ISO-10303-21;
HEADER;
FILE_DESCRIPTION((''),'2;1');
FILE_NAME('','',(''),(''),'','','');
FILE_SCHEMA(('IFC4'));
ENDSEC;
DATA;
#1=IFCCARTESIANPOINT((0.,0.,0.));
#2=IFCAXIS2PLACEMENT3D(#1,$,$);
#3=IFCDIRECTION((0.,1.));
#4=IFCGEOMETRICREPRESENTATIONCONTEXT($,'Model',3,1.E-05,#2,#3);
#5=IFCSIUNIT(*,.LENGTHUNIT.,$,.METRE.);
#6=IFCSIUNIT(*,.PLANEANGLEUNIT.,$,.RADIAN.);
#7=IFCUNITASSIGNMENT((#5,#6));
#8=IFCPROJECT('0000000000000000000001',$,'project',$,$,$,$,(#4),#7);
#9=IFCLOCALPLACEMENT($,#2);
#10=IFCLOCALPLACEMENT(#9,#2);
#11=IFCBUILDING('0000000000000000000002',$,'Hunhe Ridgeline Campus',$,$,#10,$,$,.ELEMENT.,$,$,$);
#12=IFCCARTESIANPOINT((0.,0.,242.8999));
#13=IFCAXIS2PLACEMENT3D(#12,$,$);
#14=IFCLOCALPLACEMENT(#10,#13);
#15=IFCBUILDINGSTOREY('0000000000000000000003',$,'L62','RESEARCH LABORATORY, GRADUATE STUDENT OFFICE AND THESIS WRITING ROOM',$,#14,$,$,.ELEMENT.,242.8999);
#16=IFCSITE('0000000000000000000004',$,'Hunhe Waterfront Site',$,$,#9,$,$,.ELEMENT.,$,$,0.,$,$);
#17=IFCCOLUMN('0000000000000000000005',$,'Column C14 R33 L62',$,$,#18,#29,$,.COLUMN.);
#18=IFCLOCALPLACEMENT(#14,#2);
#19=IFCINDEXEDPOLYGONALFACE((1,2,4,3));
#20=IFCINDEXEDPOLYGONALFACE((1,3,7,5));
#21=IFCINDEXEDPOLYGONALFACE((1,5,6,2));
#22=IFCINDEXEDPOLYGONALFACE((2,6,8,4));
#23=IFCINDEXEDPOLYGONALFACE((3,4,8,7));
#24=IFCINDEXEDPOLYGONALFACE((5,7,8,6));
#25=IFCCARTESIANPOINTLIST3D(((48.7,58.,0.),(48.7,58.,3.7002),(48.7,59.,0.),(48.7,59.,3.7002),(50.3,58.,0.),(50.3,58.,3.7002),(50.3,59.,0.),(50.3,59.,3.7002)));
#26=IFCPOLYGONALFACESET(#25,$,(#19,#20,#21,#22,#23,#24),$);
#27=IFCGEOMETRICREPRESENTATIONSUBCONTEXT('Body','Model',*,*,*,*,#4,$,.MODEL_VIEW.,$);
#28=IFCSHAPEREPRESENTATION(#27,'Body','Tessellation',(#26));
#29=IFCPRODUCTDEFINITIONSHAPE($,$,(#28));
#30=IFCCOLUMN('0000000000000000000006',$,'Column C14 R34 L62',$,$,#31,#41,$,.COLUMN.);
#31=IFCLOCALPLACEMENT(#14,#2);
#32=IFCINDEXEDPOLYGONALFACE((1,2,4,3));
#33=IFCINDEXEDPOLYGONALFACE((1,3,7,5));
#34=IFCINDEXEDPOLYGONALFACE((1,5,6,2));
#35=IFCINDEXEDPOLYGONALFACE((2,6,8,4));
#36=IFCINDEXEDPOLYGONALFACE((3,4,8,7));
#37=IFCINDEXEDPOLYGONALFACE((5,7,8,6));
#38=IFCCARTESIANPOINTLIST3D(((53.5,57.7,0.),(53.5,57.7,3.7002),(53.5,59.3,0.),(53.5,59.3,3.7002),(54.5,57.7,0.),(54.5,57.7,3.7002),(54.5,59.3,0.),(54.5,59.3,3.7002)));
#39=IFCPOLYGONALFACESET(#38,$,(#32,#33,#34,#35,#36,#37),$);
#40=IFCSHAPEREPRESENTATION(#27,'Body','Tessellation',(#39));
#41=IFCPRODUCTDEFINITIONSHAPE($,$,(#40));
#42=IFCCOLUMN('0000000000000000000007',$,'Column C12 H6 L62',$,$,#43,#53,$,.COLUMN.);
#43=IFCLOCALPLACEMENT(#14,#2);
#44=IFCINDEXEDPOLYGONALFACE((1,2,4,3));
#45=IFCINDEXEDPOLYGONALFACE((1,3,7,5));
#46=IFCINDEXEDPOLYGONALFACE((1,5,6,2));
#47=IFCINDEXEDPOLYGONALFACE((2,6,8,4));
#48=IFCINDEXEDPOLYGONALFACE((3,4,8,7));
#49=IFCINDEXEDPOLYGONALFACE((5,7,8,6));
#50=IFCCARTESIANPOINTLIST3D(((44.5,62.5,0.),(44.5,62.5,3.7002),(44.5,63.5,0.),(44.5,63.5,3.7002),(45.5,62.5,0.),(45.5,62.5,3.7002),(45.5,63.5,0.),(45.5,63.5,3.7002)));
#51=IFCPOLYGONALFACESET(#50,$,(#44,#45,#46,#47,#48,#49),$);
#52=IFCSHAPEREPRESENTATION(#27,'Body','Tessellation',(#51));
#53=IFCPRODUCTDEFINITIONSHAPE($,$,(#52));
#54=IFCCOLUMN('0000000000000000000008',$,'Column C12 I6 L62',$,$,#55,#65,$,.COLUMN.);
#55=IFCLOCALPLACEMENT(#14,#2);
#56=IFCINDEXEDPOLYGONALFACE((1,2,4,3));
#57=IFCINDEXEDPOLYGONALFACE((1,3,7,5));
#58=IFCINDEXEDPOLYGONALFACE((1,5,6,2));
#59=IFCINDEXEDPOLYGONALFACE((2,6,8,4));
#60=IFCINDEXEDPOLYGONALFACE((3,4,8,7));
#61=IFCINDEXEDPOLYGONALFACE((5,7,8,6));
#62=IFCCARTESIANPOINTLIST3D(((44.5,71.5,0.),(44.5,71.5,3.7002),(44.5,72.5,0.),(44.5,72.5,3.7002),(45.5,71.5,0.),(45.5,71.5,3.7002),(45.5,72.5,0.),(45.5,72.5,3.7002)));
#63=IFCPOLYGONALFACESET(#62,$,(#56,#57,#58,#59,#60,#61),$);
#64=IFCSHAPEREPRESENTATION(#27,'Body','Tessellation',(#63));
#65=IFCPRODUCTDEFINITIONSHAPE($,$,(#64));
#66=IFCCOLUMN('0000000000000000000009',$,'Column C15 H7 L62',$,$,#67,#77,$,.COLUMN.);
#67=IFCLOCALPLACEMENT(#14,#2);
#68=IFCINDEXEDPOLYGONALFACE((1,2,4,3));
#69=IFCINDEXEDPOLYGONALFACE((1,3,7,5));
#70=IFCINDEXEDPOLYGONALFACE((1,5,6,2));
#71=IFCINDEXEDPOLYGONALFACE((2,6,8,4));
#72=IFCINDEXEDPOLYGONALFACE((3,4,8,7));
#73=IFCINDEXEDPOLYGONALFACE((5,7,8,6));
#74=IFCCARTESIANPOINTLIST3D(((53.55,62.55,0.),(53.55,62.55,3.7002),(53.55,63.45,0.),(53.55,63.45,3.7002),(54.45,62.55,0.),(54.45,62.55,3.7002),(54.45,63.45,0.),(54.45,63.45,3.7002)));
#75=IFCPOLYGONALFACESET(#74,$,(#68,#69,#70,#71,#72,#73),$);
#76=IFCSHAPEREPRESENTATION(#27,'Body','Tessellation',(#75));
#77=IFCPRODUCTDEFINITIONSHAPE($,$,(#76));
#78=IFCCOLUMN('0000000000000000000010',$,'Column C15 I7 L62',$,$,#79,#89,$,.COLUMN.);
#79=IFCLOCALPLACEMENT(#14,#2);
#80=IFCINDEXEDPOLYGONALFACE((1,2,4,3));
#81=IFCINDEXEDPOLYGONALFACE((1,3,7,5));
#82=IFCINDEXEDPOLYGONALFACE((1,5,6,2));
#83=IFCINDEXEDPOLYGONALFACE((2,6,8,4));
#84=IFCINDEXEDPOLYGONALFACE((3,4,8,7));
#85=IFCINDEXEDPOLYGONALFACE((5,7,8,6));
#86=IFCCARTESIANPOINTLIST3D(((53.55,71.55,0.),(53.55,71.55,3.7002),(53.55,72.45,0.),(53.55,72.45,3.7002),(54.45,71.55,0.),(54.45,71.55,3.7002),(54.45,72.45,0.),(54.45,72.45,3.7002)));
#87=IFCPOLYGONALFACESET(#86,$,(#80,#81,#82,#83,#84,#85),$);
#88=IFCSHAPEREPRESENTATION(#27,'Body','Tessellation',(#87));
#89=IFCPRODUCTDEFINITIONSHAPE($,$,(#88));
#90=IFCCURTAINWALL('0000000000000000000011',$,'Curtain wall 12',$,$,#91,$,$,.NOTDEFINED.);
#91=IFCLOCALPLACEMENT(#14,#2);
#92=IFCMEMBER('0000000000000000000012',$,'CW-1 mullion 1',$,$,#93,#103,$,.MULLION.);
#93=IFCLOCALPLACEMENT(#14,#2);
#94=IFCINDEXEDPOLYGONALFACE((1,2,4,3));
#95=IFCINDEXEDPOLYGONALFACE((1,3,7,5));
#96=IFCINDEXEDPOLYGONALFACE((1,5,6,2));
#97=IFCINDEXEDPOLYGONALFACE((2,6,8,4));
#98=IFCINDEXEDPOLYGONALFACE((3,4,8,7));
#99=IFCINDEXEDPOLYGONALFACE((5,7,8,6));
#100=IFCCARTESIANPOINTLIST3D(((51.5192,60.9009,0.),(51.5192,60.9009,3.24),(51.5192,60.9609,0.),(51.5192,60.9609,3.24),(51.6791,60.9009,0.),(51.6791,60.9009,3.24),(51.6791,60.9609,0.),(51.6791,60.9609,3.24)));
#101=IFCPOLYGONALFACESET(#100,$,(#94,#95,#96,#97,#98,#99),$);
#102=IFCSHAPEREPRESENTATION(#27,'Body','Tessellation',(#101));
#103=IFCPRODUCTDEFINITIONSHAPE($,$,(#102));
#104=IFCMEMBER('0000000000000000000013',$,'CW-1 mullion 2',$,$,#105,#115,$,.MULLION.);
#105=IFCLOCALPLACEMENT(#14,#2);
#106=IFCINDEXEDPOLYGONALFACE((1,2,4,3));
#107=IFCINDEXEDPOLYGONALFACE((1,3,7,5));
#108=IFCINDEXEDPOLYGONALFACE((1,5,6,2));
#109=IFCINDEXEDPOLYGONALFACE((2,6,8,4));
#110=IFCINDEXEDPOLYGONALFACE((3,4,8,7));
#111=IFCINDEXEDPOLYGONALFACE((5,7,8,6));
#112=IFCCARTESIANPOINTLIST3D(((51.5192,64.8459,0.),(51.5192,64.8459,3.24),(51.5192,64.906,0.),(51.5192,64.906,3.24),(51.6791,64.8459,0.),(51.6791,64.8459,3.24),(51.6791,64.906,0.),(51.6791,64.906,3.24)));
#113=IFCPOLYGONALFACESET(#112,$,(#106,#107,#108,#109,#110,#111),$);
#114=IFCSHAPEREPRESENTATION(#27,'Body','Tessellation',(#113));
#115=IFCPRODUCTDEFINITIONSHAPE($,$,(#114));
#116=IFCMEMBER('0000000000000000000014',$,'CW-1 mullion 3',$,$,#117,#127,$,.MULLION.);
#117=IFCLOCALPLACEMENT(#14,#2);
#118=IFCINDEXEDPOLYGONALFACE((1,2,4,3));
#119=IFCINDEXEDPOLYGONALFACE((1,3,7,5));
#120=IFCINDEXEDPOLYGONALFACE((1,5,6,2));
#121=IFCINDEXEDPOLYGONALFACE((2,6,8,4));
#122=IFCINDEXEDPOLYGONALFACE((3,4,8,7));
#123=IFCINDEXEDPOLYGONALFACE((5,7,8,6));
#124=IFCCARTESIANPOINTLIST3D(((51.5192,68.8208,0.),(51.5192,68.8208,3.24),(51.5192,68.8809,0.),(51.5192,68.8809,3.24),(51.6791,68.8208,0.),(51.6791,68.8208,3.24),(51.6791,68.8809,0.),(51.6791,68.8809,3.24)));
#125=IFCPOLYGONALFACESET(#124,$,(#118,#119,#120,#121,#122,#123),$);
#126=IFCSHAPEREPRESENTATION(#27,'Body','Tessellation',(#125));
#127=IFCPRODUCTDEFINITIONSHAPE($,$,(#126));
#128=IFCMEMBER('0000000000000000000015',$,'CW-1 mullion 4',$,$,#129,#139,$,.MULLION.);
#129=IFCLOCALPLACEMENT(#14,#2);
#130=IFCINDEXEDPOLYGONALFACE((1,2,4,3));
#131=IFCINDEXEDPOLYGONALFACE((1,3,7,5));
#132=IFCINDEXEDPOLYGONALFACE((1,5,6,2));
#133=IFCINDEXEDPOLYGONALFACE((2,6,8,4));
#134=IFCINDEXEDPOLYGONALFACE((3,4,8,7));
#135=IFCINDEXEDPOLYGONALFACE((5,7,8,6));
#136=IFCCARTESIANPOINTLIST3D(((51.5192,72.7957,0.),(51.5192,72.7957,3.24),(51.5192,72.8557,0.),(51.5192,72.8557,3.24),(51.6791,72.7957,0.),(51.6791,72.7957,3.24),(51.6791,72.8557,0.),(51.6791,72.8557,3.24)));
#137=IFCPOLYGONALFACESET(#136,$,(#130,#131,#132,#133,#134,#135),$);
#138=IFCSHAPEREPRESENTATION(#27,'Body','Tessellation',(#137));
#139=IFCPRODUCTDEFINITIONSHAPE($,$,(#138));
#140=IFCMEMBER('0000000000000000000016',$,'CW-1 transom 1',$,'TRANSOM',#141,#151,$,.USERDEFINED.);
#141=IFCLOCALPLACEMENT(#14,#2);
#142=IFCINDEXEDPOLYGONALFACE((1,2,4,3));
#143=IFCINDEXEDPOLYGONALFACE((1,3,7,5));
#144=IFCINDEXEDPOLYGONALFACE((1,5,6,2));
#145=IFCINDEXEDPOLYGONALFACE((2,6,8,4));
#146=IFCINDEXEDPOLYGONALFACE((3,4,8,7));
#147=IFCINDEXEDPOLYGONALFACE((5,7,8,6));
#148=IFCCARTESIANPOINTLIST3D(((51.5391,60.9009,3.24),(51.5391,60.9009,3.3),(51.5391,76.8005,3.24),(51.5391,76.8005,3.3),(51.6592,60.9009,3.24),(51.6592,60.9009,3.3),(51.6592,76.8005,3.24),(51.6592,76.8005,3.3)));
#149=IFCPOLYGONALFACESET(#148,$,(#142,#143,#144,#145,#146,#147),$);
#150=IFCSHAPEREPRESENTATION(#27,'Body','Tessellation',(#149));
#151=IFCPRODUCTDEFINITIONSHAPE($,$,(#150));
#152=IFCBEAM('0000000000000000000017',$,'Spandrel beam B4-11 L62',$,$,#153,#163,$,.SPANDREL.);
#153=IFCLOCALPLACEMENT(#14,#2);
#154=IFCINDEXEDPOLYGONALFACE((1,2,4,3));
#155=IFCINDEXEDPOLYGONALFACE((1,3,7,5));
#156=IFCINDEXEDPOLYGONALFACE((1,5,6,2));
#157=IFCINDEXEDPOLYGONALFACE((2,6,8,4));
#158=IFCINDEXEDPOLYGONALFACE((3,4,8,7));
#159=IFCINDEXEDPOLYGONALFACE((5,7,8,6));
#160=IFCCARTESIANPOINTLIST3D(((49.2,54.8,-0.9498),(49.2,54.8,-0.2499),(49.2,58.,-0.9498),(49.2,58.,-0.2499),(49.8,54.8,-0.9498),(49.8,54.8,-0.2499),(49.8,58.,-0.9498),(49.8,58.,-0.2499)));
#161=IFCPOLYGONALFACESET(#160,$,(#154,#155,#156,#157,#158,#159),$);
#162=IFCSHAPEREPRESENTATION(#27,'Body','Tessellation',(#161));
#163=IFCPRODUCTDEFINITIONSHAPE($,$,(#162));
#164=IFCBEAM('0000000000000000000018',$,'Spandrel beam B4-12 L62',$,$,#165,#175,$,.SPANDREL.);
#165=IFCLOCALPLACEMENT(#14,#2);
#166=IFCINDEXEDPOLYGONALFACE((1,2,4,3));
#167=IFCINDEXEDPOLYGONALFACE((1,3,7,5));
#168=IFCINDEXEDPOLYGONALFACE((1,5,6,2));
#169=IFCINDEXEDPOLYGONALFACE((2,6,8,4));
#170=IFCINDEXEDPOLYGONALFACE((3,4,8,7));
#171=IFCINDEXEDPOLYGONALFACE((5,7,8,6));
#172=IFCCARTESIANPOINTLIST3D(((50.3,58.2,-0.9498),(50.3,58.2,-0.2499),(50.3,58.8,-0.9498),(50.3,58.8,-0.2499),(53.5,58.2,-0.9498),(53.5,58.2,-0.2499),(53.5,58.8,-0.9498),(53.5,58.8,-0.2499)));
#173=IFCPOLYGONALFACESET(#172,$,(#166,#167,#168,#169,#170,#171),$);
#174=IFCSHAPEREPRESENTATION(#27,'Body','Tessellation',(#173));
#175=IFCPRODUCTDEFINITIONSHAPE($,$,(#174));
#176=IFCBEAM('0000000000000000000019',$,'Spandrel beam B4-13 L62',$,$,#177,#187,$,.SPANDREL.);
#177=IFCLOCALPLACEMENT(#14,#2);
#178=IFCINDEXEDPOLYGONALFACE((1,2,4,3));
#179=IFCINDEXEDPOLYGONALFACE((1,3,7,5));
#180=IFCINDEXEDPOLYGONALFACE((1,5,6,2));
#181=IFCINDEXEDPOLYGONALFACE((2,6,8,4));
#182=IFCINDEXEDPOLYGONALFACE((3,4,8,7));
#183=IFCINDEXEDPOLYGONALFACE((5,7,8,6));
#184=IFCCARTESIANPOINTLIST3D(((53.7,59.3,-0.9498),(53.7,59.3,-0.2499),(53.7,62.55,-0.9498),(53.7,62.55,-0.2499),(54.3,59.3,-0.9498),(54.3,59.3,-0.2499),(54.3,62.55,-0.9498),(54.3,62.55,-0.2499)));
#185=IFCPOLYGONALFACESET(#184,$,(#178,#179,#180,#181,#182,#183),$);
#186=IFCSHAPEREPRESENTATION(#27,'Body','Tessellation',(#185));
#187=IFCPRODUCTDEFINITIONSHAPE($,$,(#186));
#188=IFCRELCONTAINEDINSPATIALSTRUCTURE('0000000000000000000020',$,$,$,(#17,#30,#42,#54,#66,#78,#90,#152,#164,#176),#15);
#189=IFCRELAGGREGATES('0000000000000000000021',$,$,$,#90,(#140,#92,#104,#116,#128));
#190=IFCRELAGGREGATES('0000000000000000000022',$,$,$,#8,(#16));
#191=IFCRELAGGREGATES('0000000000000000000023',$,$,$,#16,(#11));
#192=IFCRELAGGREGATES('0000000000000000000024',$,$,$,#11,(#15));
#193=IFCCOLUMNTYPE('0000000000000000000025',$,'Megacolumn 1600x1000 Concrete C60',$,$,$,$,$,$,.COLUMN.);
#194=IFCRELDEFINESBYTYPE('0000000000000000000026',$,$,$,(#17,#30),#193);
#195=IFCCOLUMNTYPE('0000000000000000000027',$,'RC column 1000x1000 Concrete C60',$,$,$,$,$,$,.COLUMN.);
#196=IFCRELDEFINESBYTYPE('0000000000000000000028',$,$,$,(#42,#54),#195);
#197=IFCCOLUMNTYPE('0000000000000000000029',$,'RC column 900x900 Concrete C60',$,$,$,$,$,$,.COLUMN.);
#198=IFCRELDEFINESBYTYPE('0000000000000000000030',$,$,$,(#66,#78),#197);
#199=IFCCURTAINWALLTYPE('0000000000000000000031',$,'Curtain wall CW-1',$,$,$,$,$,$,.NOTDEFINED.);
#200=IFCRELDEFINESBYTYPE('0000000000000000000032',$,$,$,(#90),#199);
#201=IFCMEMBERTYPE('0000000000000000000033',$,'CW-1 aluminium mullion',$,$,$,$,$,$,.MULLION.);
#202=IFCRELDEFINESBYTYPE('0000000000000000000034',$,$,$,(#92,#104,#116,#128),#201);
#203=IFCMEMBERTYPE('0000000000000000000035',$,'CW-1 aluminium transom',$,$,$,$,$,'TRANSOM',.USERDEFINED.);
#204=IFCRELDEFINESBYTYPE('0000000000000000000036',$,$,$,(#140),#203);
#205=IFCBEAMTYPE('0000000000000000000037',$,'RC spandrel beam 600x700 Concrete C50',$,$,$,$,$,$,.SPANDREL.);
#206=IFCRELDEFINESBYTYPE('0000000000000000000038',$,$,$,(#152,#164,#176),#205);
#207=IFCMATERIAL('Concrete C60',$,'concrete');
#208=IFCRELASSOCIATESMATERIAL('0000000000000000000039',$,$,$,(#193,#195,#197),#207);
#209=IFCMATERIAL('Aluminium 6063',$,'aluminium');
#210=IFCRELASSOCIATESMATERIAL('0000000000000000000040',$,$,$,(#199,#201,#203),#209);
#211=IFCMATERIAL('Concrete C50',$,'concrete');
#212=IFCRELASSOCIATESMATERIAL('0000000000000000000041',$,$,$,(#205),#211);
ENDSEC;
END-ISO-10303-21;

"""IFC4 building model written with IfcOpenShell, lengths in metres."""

from ifc_helpers import new_model, si_unit, direction, frame, origin, origin_2d, place, context, subcontext, project, spatial, rectangle, extrude, material, material_profile, profile_set, type_object, element, aggregate, save


model = new_model("IFC4")

# Units and contexts
model_context = context("Model", 3, precision=1e-05, world=origin(), true_north=direction((0.0, 1.0)))
body_context = subcontext(model_context, "Body", "Model", "MODEL_VIEW")
ifc_project = project(units=[si_unit("LENGTHUNIT", "METRE"), si_unit("PLANEANGLEUNIT", "RADIAN")], contexts=[model_context])

# Site, building, storey
site_placement = place(None, origin())
site = spatial("IfcSite", under=ifc_project, at=site_placement, Name="Hunhe Waterfront Site", CompositionType="ELEMENT", RefElevation=0.0)
building_placement = place(site_placement, origin())
building = spatial("IfcBuilding", under=site, at=building_placement, Name="Hunhe Ridgeline Campus", CompositionType="ELEMENT")
storey_placement = place(building_placement, frame((0.0, 0.0, 242.8999)))
storey = spatial("IfcBuildingStorey", under=building, at=storey_placement, Name="L62", Description="RESEARCH LABORATORY, GRADUATE STUDENT OFFICE AND THESIS WRITING ROOM", CompositionType="ELEMENT", Elevation=242.8999)

# Columns
ifc_material_1 = material(Name="Concrete C60", Category="concrete")
ifc_material_profile_1 = material_profile(ifc_material_1, rectangle(XDim=1.6001, YDim=1.0, at=origin_2d()))
ifc_profile_set_1 = profile_set([ifc_material_profile_1], Name="Concrete C60")
column_type_1 = type_object("IfcColumnType", Name="Megacolumn 1600x1000 Concrete C60", PredefinedType="COLUMN", material=ifc_profile_set_1)
for number, where, z_axis, x_axis, name in (
    (1, (49.5, 58.5, 0.0), (0.0, 0.0, 1.0), (1.0, 0.0, 0.0), "Column C14 R33 L62"),
    (2, (54.0, 58.5, 0.0), (0.0, 0.0, 1.0), (0.0, 1.0, 0.0), "Column C14 R34 L62"),
):
    element("IfcColumn", number, at=place(storey_placement, frame(where, z_axis=z_axis, x_axis=x_axis)), inside=storey, type_object=column_type_1, Name=name, PredefinedType="COLUMN", context=body_context, shape_type="SweptSolid", body=[
        extrude(rectangle(XDim=1.6001, YDim=1.0, at=origin_2d()), origin(), (0.0, 0.0, 1.0), 3.7002),
    ])
ifc_material_profile_2 = material_profile(ifc_material_1, rectangle(XDim=1.0, YDim=1.0, at=origin_2d()))
ifc_profile_set_2 = profile_set([ifc_material_profile_2], Name="Concrete C60")
column_type_2 = type_object("IfcColumnType", Name="RC column 1000x1000 Concrete C60", PredefinedType="COLUMN", material=ifc_profile_set_2)
for number, where, z_axis, x_axis, name in (
    (3, (45.0, 63.0, 0.0), (0.0, 0.0, 1.0), (1.0, 0.0, 0.0), "Column C12 H6 L62"),
    (4, (45.0, 72.0, 0.0), (0.0, 0.0, 1.0), (1.0, 0.0, 0.0), "Column C12 I6 L62"),
):
    element("IfcColumn", number, at=place(storey_placement, frame(where, z_axis=z_axis, x_axis=x_axis)), inside=storey, type_object=column_type_2, Name=name, PredefinedType="COLUMN", context=body_context, shape_type="SweptSolid", body=[
        extrude(rectangle(XDim=1.0, YDim=1.0, at=origin_2d()), origin(), (0.0, 0.0, 1.0), 3.7002),
    ])
ifc_material_profile_3 = material_profile(ifc_material_1, rectangle(XDim=0.8999, YDim=0.8999, at=origin_2d()))
ifc_profile_set_3 = profile_set([ifc_material_profile_3], Name="Concrete C60")
column_type_3 = type_object("IfcColumnType", Name="RC column 900x900 Concrete C60", PredefinedType="COLUMN", material=ifc_profile_set_3)
for number, where, z_axis, x_axis, name in (
    (5, (54.0, 63.0, 0.0), (0.0, 0.0, 1.0), (1.0, 0.0, 0.0), "Column C15 H7 L62"),
    (6, (54.0, 72.0, 0.0), (0.0, 0.0, 1.0), (1.0, 0.0, 0.0), "Column C15 I7 L62"),
):
    element("IfcColumn", number, at=place(storey_placement, frame(where, z_axis=z_axis, x_axis=x_axis)), inside=storey, type_object=column_type_3, Name=name, PredefinedType="COLUMN", context=body_context, shape_type="SweptSolid", body=[
        extrude(rectangle(XDim=0.8999, YDim=0.8999, at=origin_2d()), origin(), (0.0, 0.0, 1.0), 3.7002),
    ])

# Curtain wall, members
ifc_material_2 = material(Name="Aluminium 6063", Category="aluminium")
curtain_wall_type = type_object("IfcCurtainWallType", Name="Curtain wall CW-1", PredefinedType="NOTDEFINED", material=ifc_material_2)
curtain_wall_placement = place(storey_placement, origin())
curtain_wall = element("IfcCurtainWall", 7, at=curtain_wall_placement, inside=storey, type_object=curtain_wall_type, Name="Curtain wall 12", PredefinedType="NOTDEFINED")
ifc_material_profile_4 = material_profile(ifc_material_2, rectangle(XDim=0.1599, YDim=0.0601, at=origin_2d()))
ifc_profile_set_4 = profile_set([ifc_material_profile_4], Name="Aluminium 6063")
member_type_1 = type_object("IfcMemberType", Name="CW-1 aluminium mullion", PredefinedType="MULLION", material=ifc_profile_set_4)
member_1_placement = place(storey_placement, frame((51.5991, 60.9309, 0.0), z_axis=(0.0, 0.0, 1.0), x_axis=(-1.0, 0.0, 0.0)))
member_1 = element("IfcMember", 8, at=member_1_placement, type_object=member_type_1, Name="CW-1 mullion 1", PredefinedType="MULLION", context=body_context, shape_type="SweptSolid", body=[
    extrude(rectangle(XDim=0.1599, YDim=0.0601, at=origin_2d()), origin(), (0.0, 0.0, 1.0), 3.24),
])
member_2_placement = place(storey_placement, frame((51.5991, 64.876, 0.0), z_axis=(0.0, 0.0, 1.0), x_axis=(-1.0, 0.0, 0.0)))
member_2 = element("IfcMember", 9, at=member_2_placement, type_object=member_type_1, Name="CW-1 mullion 2", PredefinedType="MULLION", context=body_context, shape_type="SweptSolid", body=[
    extrude(rectangle(XDim=0.1599, YDim=0.0601, at=origin_2d()), origin(), (0.0, 0.0, 1.0), 3.24),
])
member_3_placement = place(storey_placement, frame((51.5991, 68.8508, 0.0), z_axis=(0.0, 0.0, 1.0), x_axis=(-1.0, 0.0, 0.0)))
member_3 = element("IfcMember", 10, at=member_3_placement, type_object=member_type_1, Name="CW-1 mullion 3", PredefinedType="MULLION", context=body_context, shape_type="SweptSolid", body=[
    extrude(rectangle(XDim=0.1599, YDim=0.0601, at=origin_2d()), origin(), (0.0, 0.0, 1.0), 3.24),
])
member_4_placement = place(storey_placement, frame((51.5991, 72.8257, 0.0), z_axis=(0.0, 0.0, 1.0), x_axis=(-1.0, 0.0, 0.0)))
member_4 = element("IfcMember", 11, at=member_4_placement, type_object=member_type_1, Name="CW-1 mullion 4", PredefinedType="MULLION", context=body_context, shape_type="SweptSolid", body=[
    extrude(rectangle(XDim=0.1599, YDim=0.0601, at=origin_2d()), origin(), (0.0, 0.0, 1.0), 3.24),
])
ifc_material_profile_5 = material_profile(ifc_material_2, rectangle(XDim=0.1201, YDim=0.0601, at=origin_2d()))
ifc_profile_set_5 = profile_set([ifc_material_profile_5], Name="Aluminium 6063")
member_type_2 = type_object("IfcMemberType", Name="CW-1 aluminium transom", ElementType="TRANSOM", PredefinedType="USERDEFINED", material=ifc_profile_set_5)
member_5_placement = place(storey_placement, frame((51.5991, 60.9009, 3.27), z_axis=(0.0, 1.0, 0.0), x_axis=(-1.0, 0.0, 0.0)))
member_5 = element("IfcMember", 12, at=member_5_placement, type_object=member_type_2, Name="CW-1 transom 1", ObjectType="TRANSOM", PredefinedType="USERDEFINED", context=body_context, shape_type="SweptSolid", body=[
    extrude(rectangle(XDim=0.1201, YDim=0.0601, at=origin_2d()), origin(), (0.0, 0.0, 1.0), 15.8997),
])

# Beams
ifc_material_3 = material(Name="Concrete C50", Category="concrete")
ifc_material_profile_6 = material_profile(ifc_material_3, rectangle(XDim=0.6001, YDim=0.7, at=origin_2d()))
ifc_profile_set_6 = profile_set([ifc_material_profile_6], Name="Concrete C50")
beam_type = type_object("IfcBeamType", Name="RC spandrel beam 600x700 Concrete C50", PredefinedType="SPANDREL", material=ifc_profile_set_6)
for number, where, z_axis, x_axis, name in (
    (13, (49.5, 54.8, -0.5999), (0.0, 1.0, 0.0), (-1.0, 0.0, 0.0), "Spandrel beam B4-11 L62"),
    (14, (50.3, 58.5, -0.5999), (1.0, 0.0, 0.0), (0.0, 1.0, 0.0), "Spandrel beam B4-12 L62"),
):
    element("IfcBeam", number, at=place(storey_placement, frame(where, z_axis=z_axis, x_axis=x_axis)), inside=storey, type_object=beam_type, Name=name, PredefinedType="SPANDREL", context=body_context, shape_type="SweptSolid", body=[
        extrude(rectangle(XDim=0.6001, YDim=0.7, at=origin_2d()), origin(), (0.0, 0.0, 1.0), 3.2),
    ])
beam_placement = place(storey_placement, frame((54.0, 59.3, -0.5999), z_axis=(0.0, 1.0, 0.0), x_axis=(-1.0, 0.0, 0.0)))
element("IfcBeam", 15, at=beam_placement, inside=storey, type_object=beam_type, Name="Spandrel beam B4-13 L62", PredefinedType="SPANDREL", context=body_context, shape_type="SweptSolid", body=[
    extrude(rectangle(XDim=0.6001, YDim=0.7, at=origin_2d()), origin(), (0.0, 0.0, 1.0), 3.25),
])

aggregate(curtain_wall, [member_5, member_1, member_2, member_3, member_4])

save(model, "model.ifc")
